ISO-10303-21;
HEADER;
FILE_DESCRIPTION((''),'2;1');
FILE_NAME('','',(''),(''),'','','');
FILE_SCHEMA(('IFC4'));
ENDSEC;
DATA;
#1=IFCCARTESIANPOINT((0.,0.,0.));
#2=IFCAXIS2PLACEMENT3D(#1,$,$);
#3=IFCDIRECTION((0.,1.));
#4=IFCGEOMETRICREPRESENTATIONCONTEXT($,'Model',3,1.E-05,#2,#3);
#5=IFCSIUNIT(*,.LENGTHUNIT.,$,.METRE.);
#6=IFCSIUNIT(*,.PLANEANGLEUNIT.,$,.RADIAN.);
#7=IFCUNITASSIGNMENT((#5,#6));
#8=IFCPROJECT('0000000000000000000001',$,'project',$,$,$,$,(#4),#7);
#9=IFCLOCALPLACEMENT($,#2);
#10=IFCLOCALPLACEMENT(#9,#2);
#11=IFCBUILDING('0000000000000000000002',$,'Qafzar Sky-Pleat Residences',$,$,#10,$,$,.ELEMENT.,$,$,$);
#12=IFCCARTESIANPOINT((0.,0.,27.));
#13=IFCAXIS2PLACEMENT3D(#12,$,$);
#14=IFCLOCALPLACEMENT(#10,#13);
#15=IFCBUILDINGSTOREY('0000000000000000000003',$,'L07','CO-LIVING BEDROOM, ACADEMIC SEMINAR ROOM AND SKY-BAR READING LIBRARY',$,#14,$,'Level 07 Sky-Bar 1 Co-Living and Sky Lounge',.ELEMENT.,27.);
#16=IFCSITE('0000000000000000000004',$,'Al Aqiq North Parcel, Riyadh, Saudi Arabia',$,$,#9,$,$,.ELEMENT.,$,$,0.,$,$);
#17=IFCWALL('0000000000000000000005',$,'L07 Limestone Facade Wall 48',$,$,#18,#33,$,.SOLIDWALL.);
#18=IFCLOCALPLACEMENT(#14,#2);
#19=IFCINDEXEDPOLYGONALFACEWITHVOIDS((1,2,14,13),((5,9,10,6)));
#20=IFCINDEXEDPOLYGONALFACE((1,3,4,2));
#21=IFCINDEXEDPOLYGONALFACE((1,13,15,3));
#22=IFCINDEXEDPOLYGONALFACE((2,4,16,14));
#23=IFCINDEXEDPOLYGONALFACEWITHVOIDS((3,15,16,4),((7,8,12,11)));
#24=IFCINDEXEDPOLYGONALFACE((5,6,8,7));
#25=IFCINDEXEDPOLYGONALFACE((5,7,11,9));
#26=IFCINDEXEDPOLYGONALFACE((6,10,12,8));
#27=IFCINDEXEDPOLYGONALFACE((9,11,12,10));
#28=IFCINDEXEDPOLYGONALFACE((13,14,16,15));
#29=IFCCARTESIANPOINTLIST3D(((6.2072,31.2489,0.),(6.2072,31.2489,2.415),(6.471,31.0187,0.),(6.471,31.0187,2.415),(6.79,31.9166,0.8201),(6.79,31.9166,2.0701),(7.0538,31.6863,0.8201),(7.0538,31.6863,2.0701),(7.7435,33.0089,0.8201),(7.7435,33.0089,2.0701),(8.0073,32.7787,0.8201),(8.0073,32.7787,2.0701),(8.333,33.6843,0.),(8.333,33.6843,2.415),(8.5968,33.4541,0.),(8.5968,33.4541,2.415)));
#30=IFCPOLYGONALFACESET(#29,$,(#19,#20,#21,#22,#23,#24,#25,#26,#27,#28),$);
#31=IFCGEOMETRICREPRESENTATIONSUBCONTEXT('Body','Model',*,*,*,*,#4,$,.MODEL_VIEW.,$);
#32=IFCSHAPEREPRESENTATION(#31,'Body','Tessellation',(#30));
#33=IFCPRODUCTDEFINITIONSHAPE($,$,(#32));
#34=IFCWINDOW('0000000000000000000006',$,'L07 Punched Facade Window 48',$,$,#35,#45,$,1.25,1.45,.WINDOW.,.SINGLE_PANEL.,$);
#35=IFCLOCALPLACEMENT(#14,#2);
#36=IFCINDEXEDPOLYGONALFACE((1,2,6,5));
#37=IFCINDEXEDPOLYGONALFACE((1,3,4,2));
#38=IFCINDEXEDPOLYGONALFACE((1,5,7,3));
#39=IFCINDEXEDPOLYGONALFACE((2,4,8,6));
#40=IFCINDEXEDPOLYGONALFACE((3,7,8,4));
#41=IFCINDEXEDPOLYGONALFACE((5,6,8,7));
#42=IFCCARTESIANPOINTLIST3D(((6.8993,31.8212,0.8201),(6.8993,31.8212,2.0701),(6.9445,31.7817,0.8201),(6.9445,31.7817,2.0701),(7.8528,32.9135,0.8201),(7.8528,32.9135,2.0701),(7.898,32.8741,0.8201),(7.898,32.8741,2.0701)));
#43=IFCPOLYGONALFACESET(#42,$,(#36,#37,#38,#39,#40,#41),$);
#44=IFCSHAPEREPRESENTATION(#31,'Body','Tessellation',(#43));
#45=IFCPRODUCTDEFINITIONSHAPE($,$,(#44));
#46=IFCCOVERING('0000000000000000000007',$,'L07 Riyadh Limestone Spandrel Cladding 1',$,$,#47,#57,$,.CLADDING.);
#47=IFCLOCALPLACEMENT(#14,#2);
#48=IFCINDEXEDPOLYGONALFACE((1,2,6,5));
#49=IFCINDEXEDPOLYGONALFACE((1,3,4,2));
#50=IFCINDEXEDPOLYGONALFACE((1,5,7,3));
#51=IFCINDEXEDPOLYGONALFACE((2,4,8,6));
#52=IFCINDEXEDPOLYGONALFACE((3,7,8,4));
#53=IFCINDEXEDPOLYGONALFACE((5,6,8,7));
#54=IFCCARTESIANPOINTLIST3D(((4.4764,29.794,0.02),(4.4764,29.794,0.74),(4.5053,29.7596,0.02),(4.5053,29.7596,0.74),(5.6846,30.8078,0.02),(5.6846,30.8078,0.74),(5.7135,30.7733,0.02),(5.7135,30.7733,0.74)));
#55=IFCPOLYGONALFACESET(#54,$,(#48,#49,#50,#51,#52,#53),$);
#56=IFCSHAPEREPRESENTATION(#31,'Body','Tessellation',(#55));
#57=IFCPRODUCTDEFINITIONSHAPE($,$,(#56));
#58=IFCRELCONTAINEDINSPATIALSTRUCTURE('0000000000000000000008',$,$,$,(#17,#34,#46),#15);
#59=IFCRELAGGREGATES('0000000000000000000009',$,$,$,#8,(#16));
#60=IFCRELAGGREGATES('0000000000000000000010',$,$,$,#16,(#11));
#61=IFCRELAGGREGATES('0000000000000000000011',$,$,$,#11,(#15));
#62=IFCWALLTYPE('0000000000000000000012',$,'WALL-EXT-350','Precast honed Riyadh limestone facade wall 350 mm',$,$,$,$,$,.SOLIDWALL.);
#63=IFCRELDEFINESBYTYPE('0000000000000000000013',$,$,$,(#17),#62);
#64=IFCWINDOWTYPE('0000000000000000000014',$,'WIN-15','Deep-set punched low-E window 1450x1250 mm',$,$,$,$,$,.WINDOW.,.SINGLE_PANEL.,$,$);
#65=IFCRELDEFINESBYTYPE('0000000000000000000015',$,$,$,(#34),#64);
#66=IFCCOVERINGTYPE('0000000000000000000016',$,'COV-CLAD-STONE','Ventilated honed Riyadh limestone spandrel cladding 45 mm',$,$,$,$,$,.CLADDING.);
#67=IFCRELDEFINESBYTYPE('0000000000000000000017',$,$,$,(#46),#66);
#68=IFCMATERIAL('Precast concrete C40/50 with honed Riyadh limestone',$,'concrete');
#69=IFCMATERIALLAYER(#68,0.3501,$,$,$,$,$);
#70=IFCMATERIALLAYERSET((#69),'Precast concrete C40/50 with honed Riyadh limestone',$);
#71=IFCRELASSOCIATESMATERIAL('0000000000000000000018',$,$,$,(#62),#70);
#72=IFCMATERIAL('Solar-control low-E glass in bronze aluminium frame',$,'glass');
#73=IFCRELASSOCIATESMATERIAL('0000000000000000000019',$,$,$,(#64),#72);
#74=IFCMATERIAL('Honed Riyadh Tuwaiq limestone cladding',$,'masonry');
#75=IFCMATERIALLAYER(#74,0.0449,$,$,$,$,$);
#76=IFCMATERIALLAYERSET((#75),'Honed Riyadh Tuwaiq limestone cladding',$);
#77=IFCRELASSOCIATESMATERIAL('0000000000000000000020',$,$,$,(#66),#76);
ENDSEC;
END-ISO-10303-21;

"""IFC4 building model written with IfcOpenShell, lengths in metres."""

from ifc_helpers import new_model, si_unit, direction, frame, frame_2d, origin, origin_2d, place, context, subcontext, project, spatial, rectangle, extrude, source, transform, mapped, material, layer, layer_set, type_object, element, fill, save


model = new_model("IFC4")

# Units and contexts
model_context = context("Model", 3, precision=1e-05, world=origin(), true_north=direction((0.0, 1.0)))
body_context = subcontext(model_context, "Body", "Model", "MODEL_VIEW")
ifc_project = project(units=[si_unit("LENGTHUNIT", "METRE"), si_unit("PLANEANGLEUNIT", "RADIAN")], contexts=[model_context])

# Site, building, storey
site_placement = place(None, origin())
site = spatial("IfcSite", under=ifc_project, at=site_placement, Name="Al Aqiq North Parcel, Riyadh, Saudi Arabia", CompositionType="ELEMENT", RefElevation=0.0)
building_placement = place(site_placement, origin())
building = spatial("IfcBuilding", under=site, at=building_placement, Name="Qafzar Sky-Pleat Residences", CompositionType="ELEMENT")
storey_placement = place(building_placement, frame((0.0, 0.0, 27.0)))
storey = spatial("IfcBuildingStorey", under=building, at=storey_placement, Name="L07", Description="CO-LIVING BEDROOM, ACADEMIC SEMINAR ROOM AND SKY-BAR READING LIBRARY", LongName="Level 07 Sky-Bar 1 Co-Living and Sky Lounge", CompositionType="ELEMENT", Elevation=27.0)

# Shared definitions
ifc_material_1 = material(Name="Precast concrete C40/50 with honed Riyadh limestone", Category="concrete")
ifc_layer_1 = layer(ifc_material_1, 0.3501)
ifc_layer_set_1 = layer_set([ifc_layer_1], Name="Precast concrete C40/50 with honed Riyadh limestone")
wall_type_1 = type_object("IfcWallType", Name="WALL-EXT-350", Description="Precast honed Riyadh limestone facade wall 350 mm", PredefinedType="SOLIDWALL", material=ifc_layer_set_1)

# Wall, opening, window
ifc_material_2 = material(Name="Solar-control low-E glass in bronze aluminium frame", Category="glass")
window_type = type_object("IfcWindowType", Name="WIN-15", Description="Deep-set punched low-E window 1450x1250 mm", PartitioningType="SINGLE_PANEL", PredefinedType="WINDOW", material=ifc_material_2)
shared_shape_1 = source(origin(), body_context, "Body", "SweptSolid", [
    extrude(rectangle(XDim=1.45, YDim=1.25, at=frame_2d((0.7251, 0.625))), frame((0.0, 0.03, 0.0), z_axis=(0.0, -1.0, 0.0), x_axis=(1.0, 0.0, 0.0)), (0.0, 0.0, 1.0), 0.0601),
])
wall_1_placement = place(storey_placement, frame((8.4648, 33.5691, 0.0), z_axis=(0.0, 0.0, 1.0), x_axis=(-0.657601, -0.753367, 0.0)))
wall_1 = element("IfcWall", 1, at=wall_1_placement, inside=storey, type_object=wall_type_1, Name="L07 Limestone Facade Wall 48", PredefinedType="SOLIDWALL", context=body_context, shape_type="SweptSolid", body=[
    extrude(rectangle(XDim=3.2327, YDim=0.3501, at=frame_2d((1.6162, 0.0))), origin(), (0.0, 0.0, 1.0), 2.415),
])
opening_1_placement = place(wall_1_placement, frame((0.8962, 0.0, 0.8201)))
opening_1 = element("IfcOpeningElement", 2, at=opening_1_placement, cuts=wall_1, PredefinedType="OPENING", context=body_context, shape_type="SweptSolid", body=[
    extrude(rectangle(XDim=1.45, YDim=1.25, at=frame_2d((0.7251, 0.625))), frame((0.0, 0.1851, 0.0), z_axis=(0.0, -1.0, 0.0), x_axis=(1.0, 0.0, 0.0)), (0.0, 0.0, 1.0), 0.3701),
])
window_1_placement = place(opening_1_placement, origin())
window_1 = element("IfcWindow", 3, at=window_1_placement, inside=storey, type_object=window_type, Name="L07 Punched Facade Window 48", OverallHeight=1.25, OverallWidth=1.45, PartitioningType="SINGLE_PANEL", PredefinedType="WINDOW", context=body_context, shape_type="MappedRepresentation", body=[
    mapped(shared_shape_1, transform((0.0, 0.0, 0.0), x_axis=(1.0, 0.0, 0.0), y_axis=(0.0, 1.0, 0.0), z_axis=(0.0, 0.0, 1.0), scale=1.0)),
])
fill(opening_1, window_1)

# Covering
ifc_material_3 = material(Name="Honed Riyadh Tuwaiq limestone cladding", Category="masonry")
ifc_layer_2 = layer(ifc_material_3, 0.0449)
ifc_layer_set_2 = layer_set([ifc_layer_2], Name="Honed Riyadh Tuwaiq limestone cladding")
covering_type = type_object("IfcCoveringType", Name="COV-CLAD-STONE", Description="Ventilated honed Riyadh limestone spandrel cladding 45 mm", PredefinedType="CLADDING", material=ifc_layer_set_2)
shared_shape_2 = source(origin(), body_context, "Body", "SweptSolid", [
    extrude(rectangle(XDim=1.5771, YDim=0.0449, at=origin_2d()), origin(), (0.0, 0.0, 1.0), 0.72),
])
covering_placement = place(storey_placement, frame((5.095, 30.2837, 0.02), z_axis=(0.0, 0.0, 1.0), x_axis=(-0.766075, -0.642752, 0.0)))
element("IfcCovering", 4, at=covering_placement, inside=storey, type_object=covering_type, Name="L07 Riyadh Limestone Spandrel Cladding 1", PredefinedType="CLADDING", context=body_context, shape_type="MappedRepresentation", body=[
    mapped(shared_shape_2, transform((0.0, 0.0, 0.0), x_axis=(1.0, 0.0, 0.0), y_axis=(0.0, 1.0, 0.0), z_axis=(0.0, 0.0, 1.0), scale=1.0)),
])

save(model, "model.ifc")
